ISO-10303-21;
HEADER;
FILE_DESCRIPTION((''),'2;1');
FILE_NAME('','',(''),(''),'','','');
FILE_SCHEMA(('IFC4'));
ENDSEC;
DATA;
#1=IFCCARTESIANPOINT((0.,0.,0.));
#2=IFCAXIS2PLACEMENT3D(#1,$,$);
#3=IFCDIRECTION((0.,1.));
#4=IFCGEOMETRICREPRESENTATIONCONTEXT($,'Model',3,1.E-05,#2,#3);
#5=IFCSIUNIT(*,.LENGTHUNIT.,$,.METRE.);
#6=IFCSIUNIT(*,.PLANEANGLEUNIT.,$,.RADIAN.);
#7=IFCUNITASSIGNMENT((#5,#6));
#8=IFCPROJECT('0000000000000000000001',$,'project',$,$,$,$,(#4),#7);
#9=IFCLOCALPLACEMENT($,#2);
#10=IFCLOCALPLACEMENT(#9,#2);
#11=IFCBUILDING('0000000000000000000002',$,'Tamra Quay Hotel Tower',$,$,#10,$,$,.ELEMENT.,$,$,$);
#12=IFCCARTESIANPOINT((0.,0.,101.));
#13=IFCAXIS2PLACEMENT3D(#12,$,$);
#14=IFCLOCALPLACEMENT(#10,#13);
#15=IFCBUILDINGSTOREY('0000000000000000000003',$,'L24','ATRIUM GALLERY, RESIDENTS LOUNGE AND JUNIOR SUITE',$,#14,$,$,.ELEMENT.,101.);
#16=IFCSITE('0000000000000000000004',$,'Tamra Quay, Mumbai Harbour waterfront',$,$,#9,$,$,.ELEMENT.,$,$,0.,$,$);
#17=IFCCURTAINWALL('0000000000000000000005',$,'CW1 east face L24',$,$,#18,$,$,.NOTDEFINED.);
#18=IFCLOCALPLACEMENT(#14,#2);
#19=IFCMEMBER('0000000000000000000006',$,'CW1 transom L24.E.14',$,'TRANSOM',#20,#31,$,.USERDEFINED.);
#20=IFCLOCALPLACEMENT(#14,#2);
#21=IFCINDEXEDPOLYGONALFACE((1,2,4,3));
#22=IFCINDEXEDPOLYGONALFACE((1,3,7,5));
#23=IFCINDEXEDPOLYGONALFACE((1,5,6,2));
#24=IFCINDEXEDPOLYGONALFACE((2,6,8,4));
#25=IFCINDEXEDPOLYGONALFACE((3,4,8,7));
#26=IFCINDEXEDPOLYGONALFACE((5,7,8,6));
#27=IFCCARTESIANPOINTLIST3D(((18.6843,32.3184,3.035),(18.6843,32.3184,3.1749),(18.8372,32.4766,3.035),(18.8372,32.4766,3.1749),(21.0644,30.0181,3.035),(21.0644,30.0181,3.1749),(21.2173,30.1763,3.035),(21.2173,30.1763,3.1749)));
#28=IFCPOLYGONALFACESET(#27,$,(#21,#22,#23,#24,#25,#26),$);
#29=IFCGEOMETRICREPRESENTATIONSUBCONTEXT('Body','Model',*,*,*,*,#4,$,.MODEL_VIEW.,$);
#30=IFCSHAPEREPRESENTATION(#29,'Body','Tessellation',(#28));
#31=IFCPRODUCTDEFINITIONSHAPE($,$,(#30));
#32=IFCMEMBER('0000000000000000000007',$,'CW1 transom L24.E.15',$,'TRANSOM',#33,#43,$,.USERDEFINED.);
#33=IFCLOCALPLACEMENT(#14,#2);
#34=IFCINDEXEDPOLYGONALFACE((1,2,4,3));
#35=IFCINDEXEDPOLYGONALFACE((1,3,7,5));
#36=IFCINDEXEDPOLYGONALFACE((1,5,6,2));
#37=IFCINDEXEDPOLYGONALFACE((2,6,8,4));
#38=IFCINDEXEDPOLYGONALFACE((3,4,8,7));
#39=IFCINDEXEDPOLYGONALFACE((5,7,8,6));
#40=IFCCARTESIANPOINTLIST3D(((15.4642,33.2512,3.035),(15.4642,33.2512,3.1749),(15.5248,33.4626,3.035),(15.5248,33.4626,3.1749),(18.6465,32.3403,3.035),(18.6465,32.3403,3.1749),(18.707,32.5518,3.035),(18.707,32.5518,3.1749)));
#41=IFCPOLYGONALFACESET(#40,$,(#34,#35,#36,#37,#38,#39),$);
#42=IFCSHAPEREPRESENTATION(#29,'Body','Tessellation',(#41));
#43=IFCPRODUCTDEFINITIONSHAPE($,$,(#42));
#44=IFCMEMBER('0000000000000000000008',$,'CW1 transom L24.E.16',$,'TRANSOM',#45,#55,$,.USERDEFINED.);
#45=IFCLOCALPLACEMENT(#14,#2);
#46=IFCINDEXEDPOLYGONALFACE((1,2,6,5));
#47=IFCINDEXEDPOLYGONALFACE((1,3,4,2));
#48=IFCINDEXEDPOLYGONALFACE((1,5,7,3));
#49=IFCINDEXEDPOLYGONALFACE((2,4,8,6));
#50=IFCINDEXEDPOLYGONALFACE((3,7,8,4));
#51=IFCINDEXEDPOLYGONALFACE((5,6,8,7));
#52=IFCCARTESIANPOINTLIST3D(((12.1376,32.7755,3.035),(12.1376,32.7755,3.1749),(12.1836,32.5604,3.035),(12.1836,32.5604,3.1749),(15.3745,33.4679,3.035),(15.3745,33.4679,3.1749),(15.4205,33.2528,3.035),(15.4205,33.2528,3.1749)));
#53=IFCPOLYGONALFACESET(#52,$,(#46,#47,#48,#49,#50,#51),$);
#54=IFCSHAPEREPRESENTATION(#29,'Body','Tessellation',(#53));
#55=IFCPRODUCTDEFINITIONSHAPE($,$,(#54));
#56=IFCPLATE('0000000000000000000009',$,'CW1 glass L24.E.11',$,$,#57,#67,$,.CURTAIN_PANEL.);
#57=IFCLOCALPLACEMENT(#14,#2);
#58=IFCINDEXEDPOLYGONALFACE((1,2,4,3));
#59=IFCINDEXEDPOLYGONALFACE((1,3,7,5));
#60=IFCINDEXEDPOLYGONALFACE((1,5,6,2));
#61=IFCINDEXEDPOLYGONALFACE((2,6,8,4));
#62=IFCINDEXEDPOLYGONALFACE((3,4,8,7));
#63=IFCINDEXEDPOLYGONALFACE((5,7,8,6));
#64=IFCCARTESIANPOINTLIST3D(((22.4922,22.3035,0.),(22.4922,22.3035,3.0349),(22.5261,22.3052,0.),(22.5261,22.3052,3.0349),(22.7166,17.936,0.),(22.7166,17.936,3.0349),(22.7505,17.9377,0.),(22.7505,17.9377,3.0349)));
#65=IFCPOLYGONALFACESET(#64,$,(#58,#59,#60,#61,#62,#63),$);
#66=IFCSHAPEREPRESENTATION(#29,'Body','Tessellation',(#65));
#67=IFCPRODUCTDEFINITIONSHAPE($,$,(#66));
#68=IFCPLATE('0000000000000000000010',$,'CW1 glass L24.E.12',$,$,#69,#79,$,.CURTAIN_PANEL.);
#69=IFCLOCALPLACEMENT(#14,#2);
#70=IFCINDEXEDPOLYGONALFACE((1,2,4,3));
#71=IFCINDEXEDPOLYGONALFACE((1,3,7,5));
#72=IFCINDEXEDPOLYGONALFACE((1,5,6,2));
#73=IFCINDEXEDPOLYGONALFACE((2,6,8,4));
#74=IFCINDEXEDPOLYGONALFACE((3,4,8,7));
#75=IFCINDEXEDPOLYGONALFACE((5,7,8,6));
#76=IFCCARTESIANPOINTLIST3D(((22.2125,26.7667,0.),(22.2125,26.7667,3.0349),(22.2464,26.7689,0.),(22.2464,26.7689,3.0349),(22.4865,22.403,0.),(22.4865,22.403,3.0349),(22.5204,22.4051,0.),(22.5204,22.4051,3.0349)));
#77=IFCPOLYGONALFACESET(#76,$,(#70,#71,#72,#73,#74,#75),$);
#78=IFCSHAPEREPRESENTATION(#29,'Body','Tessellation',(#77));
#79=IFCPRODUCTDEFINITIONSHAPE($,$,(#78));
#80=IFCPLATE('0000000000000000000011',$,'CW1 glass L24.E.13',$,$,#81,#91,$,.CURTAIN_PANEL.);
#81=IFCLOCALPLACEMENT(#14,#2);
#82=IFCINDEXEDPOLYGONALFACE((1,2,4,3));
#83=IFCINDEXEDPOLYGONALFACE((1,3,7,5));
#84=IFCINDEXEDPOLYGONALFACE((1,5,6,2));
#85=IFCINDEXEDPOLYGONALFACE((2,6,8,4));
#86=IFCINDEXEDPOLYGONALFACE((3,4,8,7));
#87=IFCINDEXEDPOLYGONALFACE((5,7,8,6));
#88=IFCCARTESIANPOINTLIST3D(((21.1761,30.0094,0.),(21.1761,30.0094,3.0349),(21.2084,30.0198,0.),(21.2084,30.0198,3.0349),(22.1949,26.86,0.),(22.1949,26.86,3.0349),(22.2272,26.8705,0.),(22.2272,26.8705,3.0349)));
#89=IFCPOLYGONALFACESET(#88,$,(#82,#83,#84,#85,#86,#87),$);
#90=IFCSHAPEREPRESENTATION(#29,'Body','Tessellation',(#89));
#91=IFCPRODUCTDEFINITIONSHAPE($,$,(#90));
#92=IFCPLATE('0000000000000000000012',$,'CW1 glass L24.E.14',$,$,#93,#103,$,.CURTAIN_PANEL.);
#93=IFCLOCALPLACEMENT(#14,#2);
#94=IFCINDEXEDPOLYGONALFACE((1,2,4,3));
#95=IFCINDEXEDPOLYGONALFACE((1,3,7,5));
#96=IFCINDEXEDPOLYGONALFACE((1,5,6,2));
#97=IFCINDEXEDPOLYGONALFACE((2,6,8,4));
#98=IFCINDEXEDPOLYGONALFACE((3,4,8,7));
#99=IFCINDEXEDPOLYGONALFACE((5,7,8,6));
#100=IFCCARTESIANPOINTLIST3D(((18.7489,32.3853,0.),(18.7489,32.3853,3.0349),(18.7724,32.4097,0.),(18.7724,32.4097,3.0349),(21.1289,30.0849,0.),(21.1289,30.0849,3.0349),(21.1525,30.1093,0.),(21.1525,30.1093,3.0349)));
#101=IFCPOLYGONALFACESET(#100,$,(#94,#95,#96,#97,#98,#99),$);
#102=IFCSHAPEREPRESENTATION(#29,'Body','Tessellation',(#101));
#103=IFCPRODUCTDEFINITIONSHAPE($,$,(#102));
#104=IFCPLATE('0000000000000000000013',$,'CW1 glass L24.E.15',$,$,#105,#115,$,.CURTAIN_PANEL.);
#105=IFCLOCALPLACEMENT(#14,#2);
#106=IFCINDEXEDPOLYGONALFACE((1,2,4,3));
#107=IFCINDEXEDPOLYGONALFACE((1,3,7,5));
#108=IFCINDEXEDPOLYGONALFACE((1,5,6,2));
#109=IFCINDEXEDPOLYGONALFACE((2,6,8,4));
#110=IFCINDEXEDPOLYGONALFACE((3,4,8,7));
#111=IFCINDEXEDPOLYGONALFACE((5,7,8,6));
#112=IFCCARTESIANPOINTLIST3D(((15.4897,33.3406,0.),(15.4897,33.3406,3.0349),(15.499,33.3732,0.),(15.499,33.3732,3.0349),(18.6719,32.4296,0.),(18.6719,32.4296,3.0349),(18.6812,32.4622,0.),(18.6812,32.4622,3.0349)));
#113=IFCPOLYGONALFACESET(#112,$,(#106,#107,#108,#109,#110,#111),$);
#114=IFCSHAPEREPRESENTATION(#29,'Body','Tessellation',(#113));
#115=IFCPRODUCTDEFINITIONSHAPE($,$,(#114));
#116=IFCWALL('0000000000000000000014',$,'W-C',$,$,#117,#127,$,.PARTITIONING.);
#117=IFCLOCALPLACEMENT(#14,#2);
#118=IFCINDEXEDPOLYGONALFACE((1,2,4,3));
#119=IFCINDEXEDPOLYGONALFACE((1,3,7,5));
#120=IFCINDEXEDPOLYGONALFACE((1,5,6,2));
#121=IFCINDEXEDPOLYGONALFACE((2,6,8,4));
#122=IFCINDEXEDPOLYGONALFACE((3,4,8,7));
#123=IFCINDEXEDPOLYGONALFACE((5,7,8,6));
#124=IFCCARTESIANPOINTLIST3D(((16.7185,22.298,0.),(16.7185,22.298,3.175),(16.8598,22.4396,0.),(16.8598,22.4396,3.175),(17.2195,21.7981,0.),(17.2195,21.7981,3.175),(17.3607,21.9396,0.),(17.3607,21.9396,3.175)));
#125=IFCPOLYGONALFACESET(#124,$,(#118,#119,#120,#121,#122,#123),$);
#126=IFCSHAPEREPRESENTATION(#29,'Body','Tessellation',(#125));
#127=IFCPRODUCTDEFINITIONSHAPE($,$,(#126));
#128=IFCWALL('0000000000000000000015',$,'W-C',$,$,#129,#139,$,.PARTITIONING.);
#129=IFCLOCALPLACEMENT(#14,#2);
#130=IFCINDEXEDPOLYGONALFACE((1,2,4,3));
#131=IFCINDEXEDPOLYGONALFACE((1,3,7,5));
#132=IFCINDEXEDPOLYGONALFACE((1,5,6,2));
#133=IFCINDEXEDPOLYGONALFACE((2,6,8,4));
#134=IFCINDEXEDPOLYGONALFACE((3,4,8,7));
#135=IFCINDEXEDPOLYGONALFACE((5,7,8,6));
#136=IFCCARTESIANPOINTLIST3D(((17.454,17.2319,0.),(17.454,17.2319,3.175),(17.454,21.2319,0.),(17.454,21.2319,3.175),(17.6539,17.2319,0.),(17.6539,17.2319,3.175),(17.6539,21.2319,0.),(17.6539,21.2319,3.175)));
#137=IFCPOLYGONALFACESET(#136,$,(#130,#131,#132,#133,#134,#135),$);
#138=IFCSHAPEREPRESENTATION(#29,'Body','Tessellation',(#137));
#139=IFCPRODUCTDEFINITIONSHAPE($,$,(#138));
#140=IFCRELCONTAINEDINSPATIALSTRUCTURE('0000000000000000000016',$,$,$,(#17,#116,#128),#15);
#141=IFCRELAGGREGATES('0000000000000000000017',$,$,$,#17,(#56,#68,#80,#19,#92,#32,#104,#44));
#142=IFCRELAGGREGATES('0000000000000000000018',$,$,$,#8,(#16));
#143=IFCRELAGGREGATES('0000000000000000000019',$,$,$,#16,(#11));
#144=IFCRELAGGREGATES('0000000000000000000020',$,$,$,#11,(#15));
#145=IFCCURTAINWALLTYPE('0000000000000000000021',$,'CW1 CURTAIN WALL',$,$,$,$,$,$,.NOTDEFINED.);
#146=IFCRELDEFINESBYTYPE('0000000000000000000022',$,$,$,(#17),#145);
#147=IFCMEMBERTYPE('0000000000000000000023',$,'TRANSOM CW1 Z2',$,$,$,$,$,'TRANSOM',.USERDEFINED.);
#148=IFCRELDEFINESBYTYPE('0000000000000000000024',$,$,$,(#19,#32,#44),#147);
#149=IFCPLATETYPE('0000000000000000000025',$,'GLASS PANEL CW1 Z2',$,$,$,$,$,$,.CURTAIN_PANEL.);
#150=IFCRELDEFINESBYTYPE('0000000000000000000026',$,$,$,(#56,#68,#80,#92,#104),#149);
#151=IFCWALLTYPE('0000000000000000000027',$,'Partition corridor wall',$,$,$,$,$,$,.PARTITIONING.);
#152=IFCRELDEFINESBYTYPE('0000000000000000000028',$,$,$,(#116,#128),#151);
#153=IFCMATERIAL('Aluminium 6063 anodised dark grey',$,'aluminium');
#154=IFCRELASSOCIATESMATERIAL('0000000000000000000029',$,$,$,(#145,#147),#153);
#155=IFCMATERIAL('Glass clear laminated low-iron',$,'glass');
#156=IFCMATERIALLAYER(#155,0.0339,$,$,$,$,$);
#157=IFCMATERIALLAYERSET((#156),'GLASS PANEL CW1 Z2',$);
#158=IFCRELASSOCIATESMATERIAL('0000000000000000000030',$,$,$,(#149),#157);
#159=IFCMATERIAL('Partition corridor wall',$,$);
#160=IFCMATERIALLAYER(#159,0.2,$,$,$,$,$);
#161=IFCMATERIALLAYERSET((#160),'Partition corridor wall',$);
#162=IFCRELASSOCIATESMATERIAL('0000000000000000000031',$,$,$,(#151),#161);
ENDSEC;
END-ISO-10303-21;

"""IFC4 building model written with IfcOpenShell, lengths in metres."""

from ifc_helpers import new_model, si_unit, direction, frame, frame_2d, origin, origin_2d, place, context, subcontext, project, spatial, rectangle, extrude, material, layer, layer_set, material_profile, profile_set, type_object, element, aggregate, save


model = new_model("IFC4")

# Units and contexts
model_context = context("Model", 3, precision=1e-05, world=origin(), true_north=direction((0.0, 1.0)))
body_context = subcontext(model_context, "Body", "Model", "MODEL_VIEW")
ifc_project = project(units=[si_unit("LENGTHUNIT", "METRE"), si_unit("PLANEANGLEUNIT", "RADIAN")], contexts=[model_context])

# Site, building, storey
site_placement = place(None, origin())
site = spatial("IfcSite", under=ifc_project, at=site_placement, Name="Tamra Quay, Mumbai Harbour waterfront", CompositionType="ELEMENT", RefElevation=0.0)
building_placement = place(site_placement, origin())
building = spatial("IfcBuilding", under=site, at=building_placement, Name="Tamra Quay Hotel Tower", CompositionType="ELEMENT")
storey_placement = place(building_placement, frame((0.0, 0.0, 101.0)))
storey = spatial("IfcBuildingStorey", under=building, at=storey_placement, Name="L24", Description="ATRIUM GALLERY, RESIDENTS LOUNGE AND JUNIOR SUITE", CompositionType="ELEMENT", Elevation=101.0)

# Curtain wall
ifc_material_1 = material(Name="Aluminium 6063 anodised dark grey", Category="aluminium")
curtain_wall_type = type_object("IfcCurtainWallType", Name="CW1 CURTAIN WALL", PredefinedType="NOTDEFINED", material=ifc_material_1)
curtain_wall_placement = place(storey_placement, origin())
curtain_wall = element("IfcCurtainWall", 1, at=curtain_wall_placement, inside=storey, type_object=curtain_wall_type, Name="CW1 east face L24", PredefinedType="NOTDEFINED")

# Members
ifc_material_profile_1 = material_profile(ifc_material_1, rectangle(XDim=0.22, YDim=0.1399, at=origin_2d()), Name="TRANSOM 220X140")
ifc_profile_set_1 = profile_set([ifc_material_profile_1], Name="Aluminium 6063 anodised dark grey")
member_type_1 = type_object("IfcMemberType", Name="TRANSOM CW1 Z2", ElementType="TRANSOM", PredefinedType="USERDEFINED", material=ifc_profile_set_1)
member_1_placement = place(storey_placement, frame((21.1409, 30.0972, 3.105), z_axis=(-0.719063, 0.694945, 0.0), x_axis=(-0.694945, -0.719063, 0.0)))
member_1 = element("IfcMember", 2, at=member_1_placement, type_object=member_type_1, Name="CW1 transom L24.E.14", ObjectType="TRANSOM", PredefinedType="USERDEFINED", context=body_context, shape_type="SweptSolid", body=[
    extrude(rectangle(XDim=0.22, YDim=0.1399, at=origin_2d()), origin(), (0.0, 0.0, 1.0), 3.3101),
])
member_2_placement = place(storey_placement, frame((18.6768, 32.446, 3.105), z_axis=(-0.961393, 0.275179, 0.0), x_axis=(-0.275179, -0.961393, 0.0)))
member_2 = element("IfcMember", 3, at=member_2_placement, type_object=member_type_1, Name="CW1 transom L24.E.15", ObjectType="TRANSOM", PredefinedType="USERDEFINED", context=body_context, shape_type="SweptSolid", body=[
    extrude(rectangle(XDim=0.22, YDim=0.1399, at=origin_2d()), origin(), (0.0, 0.0, 1.0), 3.3101),
])
member_3_placement = place(storey_placement, frame((15.3975, 33.3604, 3.105), z_axis=(-0.977878, -0.209176, 0.0), x_axis=(0.209176, -0.977878, 0.0)))
member_3 = element("IfcMember", 4, at=member_3_placement, type_object=member_type_1, Name="CW1 transom L24.E.16", ObjectType="TRANSOM", PredefinedType="USERDEFINED", context=body_context, shape_type="SweptSolid", body=[
    extrude(rectangle(XDim=0.22, YDim=0.1399, at=origin_2d()), origin(), (0.0, 0.0, 1.0), 3.3101),
])

# Plates
ifc_material_2 = material(Name="Glass clear laminated low-iron", Category="glass")
ifc_layer_1 = layer(ifc_material_2, 0.0339)
ifc_layer_set_1 = layer_set([ifc_layer_1], Name="GLASS PANEL CW1 Z2")
plate_type = type_object("IfcPlateType", Name="GLASS PANEL CW1 Z2", PredefinedType="CURTAIN_PANEL", material=ifc_layer_set_1)
plate_1_placement = place(storey_placement, frame((22.6213, 20.1206, 0.0), z_axis=(0.0, 0.0, 1.0), x_axis=(-0.051321, 0.998682, 0.0)))
plate_1 = element("IfcPlate", 5, at=plate_1_placement, type_object=plate_type, Name="CW1 glass L24.E.11", PredefinedType="CURTAIN_PANEL", context=body_context, shape_type="SweptSolid", body=[
    extrude(rectangle(XDim=4.3733, YDim=0.0339, at=origin_2d()), origin(), (0.0, 0.0, 1.0), 3.0349),
])
plate_2_placement = place(storey_placement, frame((22.3665, 24.5859, 0.0), z_axis=(0.0, 0.0, 1.0), x_axis=(-0.06267, 0.998034, 0.0)))
plate_2 = element("IfcPlate", 6, at=plate_2_placement, type_object=plate_type, Name="CW1 glass L24.E.12", PredefinedType="CURTAIN_PANEL", context=body_context, shape_type="SweptSolid", body=[
    extrude(rectangle(XDim=4.3723, YDim=0.0339, at=origin_2d()), origin(), (0.0, 0.0, 1.0), 3.0349),
])
plate_3_placement = place(storey_placement, frame((21.7017, 28.4399, 0.0), z_axis=(0.0, 0.0, 1.0), x_axis=(-0.307791, 0.951454, 0.0)))
plate_3 = element("IfcPlate", 7, at=plate_3_placement, type_object=plate_type, Name="CW1 glass L24.E.13", PredefinedType="CURTAIN_PANEL", context=body_context, shape_type="SweptSolid", body=[
    extrude(rectangle(XDim=3.3101, YDim=0.0339, at=origin_2d()), origin(), (0.0, 0.0, 1.0), 3.0349),
])
plate_4_placement = place(storey_placement, frame((19.9507, 31.2473, 0.0), z_axis=(0.0, 0.0, 1.0), x_axis=(-0.719041, 0.694967, 0.0)))
plate_4 = element("IfcPlate", 8, at=plate_4_placement, type_object=plate_type, Name="CW1 glass L24.E.14", PredefinedType="CURTAIN_PANEL", context=body_context, shape_type="SweptSolid", body=[
    extrude(rectangle(XDim=3.3101, YDim=0.0339, at=origin_2d()), origin(), (0.0, 0.0, 1.0), 3.0349),
])
plate_5_placement = place(storey_placement, frame((17.0854, 32.9014, 0.0), z_axis=(0.0, 0.0, 1.0), x_axis=(-0.96138, 0.275224, 0.0)))
plate_5 = element("IfcPlate", 9, at=plate_5_placement, type_object=plate_type, Name="CW1 glass L24.E.15", PredefinedType="CURTAIN_PANEL", context=body_context, shape_type="SweptSolid", body=[
    extrude(rectangle(XDim=3.3101, YDim=0.0339, at=origin_2d()), origin(), (0.0, 0.0, 1.0), 3.0349),
])
aggregate(curtain_wall, [plate_1, plate_2, plate_3, member_1, plate_4, member_2, plate_5, member_3])

# Walls
ifc_material_3 = material(Name="Partition corridor wall")
ifc_layer_2 = layer(ifc_material_3, 0.2)
ifc_layer_set_2 = layer_set([ifc_layer_2], Name="Partition corridor wall")
wall_type = type_object("IfcWallType", Name="Partition corridor wall", PredefinedType="PARTITIONING", material=ifc_layer_set_2)
wall_1_placement = place(storey_placement, frame((16.7891, 22.3689, 0.0), z_axis=(0.0, 0.0, 1.0), x_axis=(0.707796, -0.706417, 0.0)))
element("IfcWall", 10, at=wall_1_placement, inside=storey, type_object=wall_type, Name="W-C", PredefinedType="PARTITIONING", context=body_context, shape_type="SweptSolid", body=[
    extrude(rectangle(XDim=0.7078, YDim=0.2, at=frame_2d((0.354, 0.0))), origin(), (0.0, 0.0, 1.0), 3.175),
])
wall_2_placement = place(storey_placement, frame((17.554, 17.2319, 0.0), z_axis=(0.0, 0.0, 1.0), x_axis=(0.0, 1.0, 0.0)))
element("IfcWall", 11, at=wall_2_placement, inside=storey, type_object=wall_type, Name="W-C", PredefinedType="PARTITIONING", context=body_context, shape_type="SweptSolid", body=[
    extrude(rectangle(XDim=4.0, YDim=0.2, at=frame_2d((2.0, 0.0))), origin(), (0.0, 0.0, 1.0), 3.175),
])

save(model, "model.ifc")
